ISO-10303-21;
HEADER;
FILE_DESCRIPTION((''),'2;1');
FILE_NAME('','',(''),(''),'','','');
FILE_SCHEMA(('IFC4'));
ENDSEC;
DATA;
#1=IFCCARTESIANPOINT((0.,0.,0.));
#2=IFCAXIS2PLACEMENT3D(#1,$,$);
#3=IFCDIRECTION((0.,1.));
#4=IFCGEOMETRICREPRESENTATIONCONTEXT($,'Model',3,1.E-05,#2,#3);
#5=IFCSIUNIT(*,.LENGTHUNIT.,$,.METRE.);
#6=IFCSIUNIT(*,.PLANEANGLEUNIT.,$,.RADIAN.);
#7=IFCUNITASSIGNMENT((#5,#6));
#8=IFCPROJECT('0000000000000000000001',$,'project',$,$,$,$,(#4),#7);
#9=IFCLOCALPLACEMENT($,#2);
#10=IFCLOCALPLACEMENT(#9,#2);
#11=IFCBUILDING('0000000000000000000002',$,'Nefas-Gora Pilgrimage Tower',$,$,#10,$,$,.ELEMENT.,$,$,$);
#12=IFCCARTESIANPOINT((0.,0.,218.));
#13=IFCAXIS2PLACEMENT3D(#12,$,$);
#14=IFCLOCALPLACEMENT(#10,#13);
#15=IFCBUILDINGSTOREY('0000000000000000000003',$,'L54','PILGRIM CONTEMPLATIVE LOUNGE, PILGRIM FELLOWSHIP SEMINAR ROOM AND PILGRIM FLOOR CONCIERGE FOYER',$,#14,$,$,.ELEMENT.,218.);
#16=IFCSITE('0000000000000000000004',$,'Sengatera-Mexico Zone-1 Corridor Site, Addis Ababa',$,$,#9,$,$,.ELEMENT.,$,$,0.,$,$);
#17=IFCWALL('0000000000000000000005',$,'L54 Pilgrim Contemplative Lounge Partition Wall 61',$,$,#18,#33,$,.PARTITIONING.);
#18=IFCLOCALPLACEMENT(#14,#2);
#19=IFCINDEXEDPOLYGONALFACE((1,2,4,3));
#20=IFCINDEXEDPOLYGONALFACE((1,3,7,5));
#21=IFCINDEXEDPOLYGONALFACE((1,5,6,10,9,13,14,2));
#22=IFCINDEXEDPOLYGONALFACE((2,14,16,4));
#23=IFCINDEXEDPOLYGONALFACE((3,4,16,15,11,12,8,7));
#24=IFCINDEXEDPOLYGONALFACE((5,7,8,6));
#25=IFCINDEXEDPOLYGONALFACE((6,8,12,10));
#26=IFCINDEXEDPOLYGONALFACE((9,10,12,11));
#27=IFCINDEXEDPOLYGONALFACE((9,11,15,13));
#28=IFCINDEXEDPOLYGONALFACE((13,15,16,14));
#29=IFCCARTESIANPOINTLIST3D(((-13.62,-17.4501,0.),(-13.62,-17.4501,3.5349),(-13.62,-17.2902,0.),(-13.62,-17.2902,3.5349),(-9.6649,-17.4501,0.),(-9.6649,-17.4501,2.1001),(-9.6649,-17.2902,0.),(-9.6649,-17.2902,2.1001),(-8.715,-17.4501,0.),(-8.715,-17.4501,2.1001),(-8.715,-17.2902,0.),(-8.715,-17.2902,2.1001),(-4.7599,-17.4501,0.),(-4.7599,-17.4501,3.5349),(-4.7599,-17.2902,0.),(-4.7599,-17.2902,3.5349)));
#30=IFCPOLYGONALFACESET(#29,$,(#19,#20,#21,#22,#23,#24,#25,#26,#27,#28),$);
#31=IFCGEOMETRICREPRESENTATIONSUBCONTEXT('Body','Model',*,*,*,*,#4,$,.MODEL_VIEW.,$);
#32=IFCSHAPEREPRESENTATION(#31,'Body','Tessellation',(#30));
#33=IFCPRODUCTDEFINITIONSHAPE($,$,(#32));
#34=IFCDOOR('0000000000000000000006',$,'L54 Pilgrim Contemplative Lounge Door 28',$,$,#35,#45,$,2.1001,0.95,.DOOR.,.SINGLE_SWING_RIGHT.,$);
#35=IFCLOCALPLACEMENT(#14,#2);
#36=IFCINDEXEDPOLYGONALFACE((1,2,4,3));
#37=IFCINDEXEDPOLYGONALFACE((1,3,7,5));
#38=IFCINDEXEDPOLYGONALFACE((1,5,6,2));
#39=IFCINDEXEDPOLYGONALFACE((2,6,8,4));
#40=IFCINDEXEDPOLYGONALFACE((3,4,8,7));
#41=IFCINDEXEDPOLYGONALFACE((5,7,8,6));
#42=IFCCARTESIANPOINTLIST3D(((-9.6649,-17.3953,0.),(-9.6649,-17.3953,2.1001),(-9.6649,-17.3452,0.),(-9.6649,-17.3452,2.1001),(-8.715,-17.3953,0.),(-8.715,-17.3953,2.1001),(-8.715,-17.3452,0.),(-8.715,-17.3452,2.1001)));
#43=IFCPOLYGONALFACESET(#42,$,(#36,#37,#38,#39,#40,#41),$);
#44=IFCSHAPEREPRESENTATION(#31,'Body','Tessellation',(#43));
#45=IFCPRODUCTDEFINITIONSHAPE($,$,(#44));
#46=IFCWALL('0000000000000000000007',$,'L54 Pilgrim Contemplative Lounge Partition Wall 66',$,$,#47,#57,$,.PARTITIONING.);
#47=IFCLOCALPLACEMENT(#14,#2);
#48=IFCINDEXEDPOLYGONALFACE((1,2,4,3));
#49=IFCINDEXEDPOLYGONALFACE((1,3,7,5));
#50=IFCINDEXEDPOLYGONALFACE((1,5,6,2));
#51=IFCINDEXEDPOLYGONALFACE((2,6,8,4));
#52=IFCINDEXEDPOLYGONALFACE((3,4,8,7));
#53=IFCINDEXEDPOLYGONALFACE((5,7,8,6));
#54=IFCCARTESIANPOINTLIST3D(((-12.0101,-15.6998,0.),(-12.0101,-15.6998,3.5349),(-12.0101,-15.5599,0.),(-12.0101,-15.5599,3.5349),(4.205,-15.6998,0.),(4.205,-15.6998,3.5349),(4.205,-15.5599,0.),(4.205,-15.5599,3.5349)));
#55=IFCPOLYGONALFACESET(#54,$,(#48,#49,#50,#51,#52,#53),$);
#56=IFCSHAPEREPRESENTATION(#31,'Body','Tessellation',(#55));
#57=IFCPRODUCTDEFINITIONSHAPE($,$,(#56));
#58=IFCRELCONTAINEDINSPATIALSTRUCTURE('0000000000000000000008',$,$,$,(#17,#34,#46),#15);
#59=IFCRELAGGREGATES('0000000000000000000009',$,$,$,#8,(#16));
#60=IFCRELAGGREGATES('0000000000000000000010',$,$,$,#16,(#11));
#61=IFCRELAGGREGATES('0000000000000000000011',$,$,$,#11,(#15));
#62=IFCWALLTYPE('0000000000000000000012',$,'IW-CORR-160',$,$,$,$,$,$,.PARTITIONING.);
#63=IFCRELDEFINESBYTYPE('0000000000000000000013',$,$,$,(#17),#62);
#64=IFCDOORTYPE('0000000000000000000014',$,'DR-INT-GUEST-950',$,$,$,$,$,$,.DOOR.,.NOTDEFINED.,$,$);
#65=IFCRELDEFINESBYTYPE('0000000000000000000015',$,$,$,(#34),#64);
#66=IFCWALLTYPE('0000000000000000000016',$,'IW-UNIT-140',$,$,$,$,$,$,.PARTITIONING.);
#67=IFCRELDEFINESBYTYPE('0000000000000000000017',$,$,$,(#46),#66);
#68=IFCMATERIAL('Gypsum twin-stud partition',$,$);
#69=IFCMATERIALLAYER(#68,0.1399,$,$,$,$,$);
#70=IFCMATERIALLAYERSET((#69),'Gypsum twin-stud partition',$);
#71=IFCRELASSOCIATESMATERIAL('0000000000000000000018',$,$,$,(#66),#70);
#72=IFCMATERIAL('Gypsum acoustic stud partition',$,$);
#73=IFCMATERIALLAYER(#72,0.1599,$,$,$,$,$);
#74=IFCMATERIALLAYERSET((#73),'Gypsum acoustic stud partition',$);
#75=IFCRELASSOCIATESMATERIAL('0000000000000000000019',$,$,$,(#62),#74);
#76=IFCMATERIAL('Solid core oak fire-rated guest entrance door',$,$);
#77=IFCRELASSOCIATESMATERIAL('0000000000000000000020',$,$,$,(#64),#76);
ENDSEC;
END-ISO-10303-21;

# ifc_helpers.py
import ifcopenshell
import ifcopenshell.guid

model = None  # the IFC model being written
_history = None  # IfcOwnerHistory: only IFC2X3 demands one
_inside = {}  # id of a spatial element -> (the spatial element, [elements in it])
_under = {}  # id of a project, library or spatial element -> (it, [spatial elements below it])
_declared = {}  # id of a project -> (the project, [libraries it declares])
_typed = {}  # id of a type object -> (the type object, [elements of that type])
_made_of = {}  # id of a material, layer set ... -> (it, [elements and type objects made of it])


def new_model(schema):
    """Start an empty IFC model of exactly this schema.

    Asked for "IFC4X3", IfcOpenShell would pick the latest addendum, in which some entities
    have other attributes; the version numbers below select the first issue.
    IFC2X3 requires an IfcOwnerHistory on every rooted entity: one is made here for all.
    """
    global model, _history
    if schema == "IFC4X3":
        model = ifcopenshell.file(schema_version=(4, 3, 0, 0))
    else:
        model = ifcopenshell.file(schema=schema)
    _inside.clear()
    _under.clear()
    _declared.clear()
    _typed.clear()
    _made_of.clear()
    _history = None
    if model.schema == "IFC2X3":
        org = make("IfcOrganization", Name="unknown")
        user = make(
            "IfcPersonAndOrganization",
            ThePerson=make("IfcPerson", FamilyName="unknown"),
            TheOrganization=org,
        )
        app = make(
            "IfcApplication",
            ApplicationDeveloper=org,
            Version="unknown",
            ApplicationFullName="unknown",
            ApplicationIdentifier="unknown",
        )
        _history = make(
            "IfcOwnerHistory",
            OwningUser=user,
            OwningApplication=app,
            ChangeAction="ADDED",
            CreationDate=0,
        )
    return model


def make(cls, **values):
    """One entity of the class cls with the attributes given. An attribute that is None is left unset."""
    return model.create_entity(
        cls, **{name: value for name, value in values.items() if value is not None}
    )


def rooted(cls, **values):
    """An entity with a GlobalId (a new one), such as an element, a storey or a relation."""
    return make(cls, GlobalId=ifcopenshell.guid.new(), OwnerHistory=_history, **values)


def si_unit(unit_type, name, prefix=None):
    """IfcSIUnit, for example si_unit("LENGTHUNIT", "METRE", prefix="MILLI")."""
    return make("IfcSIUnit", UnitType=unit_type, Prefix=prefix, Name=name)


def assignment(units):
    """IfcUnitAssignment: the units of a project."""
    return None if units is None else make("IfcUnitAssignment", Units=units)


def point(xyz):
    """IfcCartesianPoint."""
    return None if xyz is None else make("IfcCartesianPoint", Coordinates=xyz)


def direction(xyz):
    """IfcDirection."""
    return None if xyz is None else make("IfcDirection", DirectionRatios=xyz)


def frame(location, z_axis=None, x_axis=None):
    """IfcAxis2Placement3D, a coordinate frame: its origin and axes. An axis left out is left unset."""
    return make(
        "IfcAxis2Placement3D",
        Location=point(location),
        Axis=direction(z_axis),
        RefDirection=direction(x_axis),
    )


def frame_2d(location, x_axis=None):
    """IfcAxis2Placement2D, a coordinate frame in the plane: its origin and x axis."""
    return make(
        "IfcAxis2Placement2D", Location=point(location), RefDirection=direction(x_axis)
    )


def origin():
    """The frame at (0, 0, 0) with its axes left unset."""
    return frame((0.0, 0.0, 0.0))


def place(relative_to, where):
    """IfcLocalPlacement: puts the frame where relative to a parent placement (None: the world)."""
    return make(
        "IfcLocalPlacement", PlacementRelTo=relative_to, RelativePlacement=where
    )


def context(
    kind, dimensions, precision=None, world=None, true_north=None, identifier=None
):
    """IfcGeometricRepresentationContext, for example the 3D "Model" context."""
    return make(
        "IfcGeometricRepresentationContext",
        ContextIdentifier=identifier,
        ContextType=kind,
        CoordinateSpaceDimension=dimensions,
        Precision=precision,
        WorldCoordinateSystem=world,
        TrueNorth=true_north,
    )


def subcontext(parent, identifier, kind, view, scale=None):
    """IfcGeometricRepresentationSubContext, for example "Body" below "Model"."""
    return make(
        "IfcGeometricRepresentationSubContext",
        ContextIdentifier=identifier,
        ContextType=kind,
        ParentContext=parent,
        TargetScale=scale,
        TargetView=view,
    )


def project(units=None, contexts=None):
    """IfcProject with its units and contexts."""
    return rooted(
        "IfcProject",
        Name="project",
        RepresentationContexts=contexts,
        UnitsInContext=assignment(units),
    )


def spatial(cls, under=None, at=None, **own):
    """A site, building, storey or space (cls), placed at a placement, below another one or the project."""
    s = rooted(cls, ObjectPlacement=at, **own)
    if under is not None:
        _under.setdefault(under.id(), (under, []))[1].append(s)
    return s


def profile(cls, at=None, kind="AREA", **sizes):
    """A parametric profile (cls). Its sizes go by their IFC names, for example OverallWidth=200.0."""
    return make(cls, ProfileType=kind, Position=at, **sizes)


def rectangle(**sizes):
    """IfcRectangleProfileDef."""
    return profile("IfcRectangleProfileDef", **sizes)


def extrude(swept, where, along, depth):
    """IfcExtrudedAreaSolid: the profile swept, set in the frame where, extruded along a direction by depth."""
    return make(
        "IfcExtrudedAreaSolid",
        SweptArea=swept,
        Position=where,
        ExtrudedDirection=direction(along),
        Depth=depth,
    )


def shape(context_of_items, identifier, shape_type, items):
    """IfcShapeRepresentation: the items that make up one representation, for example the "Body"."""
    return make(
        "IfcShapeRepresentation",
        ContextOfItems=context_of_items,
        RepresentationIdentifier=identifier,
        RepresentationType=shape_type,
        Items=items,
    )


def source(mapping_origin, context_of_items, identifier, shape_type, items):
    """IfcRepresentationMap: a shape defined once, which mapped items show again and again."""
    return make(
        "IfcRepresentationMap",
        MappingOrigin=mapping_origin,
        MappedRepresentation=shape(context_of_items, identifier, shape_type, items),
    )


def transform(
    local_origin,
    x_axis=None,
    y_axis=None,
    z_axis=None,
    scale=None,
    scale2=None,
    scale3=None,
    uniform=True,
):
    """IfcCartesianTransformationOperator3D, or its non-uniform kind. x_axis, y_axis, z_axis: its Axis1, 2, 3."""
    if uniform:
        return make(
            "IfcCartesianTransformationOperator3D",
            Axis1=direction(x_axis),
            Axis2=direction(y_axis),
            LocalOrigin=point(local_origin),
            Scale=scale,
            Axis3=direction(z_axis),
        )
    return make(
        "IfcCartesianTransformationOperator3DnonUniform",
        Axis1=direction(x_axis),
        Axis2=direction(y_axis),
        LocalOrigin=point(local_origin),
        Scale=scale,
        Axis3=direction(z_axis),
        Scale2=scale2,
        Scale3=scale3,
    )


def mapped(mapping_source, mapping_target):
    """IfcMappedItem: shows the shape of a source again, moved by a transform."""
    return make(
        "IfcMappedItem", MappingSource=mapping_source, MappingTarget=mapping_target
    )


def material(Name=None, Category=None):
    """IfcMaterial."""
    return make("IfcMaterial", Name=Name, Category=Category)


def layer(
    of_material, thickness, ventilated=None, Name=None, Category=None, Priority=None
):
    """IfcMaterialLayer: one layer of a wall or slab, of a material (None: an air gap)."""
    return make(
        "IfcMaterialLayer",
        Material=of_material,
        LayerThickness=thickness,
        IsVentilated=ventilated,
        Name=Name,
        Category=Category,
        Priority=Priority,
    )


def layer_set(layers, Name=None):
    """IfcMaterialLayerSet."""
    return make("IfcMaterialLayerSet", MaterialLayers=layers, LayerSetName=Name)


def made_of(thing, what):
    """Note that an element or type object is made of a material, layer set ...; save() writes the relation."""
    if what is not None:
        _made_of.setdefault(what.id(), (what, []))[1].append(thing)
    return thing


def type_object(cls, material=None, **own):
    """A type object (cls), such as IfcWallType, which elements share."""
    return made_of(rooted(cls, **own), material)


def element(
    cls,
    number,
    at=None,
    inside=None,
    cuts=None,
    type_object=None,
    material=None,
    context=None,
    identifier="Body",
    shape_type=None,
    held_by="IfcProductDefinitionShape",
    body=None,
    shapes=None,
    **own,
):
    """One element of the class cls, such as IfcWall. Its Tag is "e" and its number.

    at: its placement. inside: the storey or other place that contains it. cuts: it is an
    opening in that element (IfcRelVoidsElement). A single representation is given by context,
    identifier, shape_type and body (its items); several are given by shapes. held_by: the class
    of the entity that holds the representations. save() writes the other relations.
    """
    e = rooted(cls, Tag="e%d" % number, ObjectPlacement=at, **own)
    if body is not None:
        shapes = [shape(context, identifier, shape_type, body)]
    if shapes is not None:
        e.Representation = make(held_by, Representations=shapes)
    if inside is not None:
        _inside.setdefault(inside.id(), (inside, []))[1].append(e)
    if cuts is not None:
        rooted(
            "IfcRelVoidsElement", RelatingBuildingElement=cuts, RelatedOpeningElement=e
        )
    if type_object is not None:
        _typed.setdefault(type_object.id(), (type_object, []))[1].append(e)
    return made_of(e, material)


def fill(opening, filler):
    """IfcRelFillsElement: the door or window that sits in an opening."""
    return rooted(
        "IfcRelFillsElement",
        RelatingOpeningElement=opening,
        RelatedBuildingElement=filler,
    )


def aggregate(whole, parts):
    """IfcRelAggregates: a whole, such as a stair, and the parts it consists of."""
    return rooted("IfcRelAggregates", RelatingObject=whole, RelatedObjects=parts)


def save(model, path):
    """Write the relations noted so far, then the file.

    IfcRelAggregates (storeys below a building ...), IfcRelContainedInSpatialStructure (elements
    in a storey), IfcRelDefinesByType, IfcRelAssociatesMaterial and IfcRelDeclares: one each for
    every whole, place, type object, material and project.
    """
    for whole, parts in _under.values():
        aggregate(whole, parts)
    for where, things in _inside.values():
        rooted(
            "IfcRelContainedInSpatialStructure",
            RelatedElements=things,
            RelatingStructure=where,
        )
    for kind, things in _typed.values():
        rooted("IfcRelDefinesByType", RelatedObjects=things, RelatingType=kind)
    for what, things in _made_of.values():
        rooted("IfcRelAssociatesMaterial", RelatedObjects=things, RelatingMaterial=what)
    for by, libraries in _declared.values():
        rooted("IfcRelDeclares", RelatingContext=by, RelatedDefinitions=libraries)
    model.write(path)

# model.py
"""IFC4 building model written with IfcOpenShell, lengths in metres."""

from ifc_helpers import new_model, si_unit, direction, frame, frame_2d, origin, place, context, subcontext, project, spatial, rectangle, extrude, source, transform, mapped, material, layer, layer_set, type_object, element, fill, save


model = new_model("IFC4")

# Units and contexts
model_context = context("Model", 3, precision=1e-05, world=origin(), true_north=direction((0.0, 1.0)))
body_context = subcontext(model_context, "Body", "Model", "MODEL_VIEW")
ifc_project = project(units=[si_unit("LENGTHUNIT", "METRE"), si_unit("PLANEANGLEUNIT", "RADIAN")], contexts=[model_context])

# Site, building, storey
site_placement = place(None, origin())
site = spatial("IfcSite", under=ifc_project, at=site_placement, Name="Sengatera-Mexico Zone-1 Corridor Site, Addis Ababa", CompositionType="ELEMENT", RefElevation=0.0)
building_placement = place(site_placement, origin())
building = spatial("IfcBuilding", under=site, at=building_placement, Name="Nefas-Gora Pilgrimage Tower", CompositionType="ELEMENT")
storey_placement = place(building_placement, frame((0.0, 0.0, 218.0)))
storey = spatial("IfcBuildingStorey", under=building, at=storey_placement, Name="L54", Description="PILGRIM CONTEMPLATIVE LOUNGE, PILGRIM FELLOWSHIP SEMINAR ROOM AND PILGRIM FLOOR CONCIERGE FOYER", CompositionType="ELEMENT", Elevation=218.0)

# Shared definitions
ifc_material_1 = material(Name="Gypsum twin-stud partition")
ifc_layer_1 = layer(ifc_material_1, 0.1399)
ifc_layer_set_1 = layer_set([ifc_layer_1], Name="Gypsum twin-stud partition")
wall_type_1 = type_object("IfcWallType", Name="IW-UNIT-140", PredefinedType="PARTITIONING", material=ifc_layer_set_1)

# Wall, opening, door
ifc_material_2 = material(Name="Gypsum acoustic stud partition")
ifc_layer_2 = layer(ifc_material_2, 0.1599)
ifc_layer_set_2 = layer_set([ifc_layer_2], Name="Gypsum acoustic stud partition")
wall_type_2 = type_object("IfcWallType", Name="IW-CORR-160", PredefinedType="PARTITIONING", material=ifc_layer_set_2)
ifc_material_3 = material(Name="Solid core oak fire-rated guest entrance door")
door_type = type_object("IfcDoorType", Name="DR-INT-GUEST-950", OperationType="NOTDEFINED", PredefinedType="DOOR", material=ifc_material_3)
shared_shape_1 = source(origin(), body_context, "Body", "SweptSolid", [
    extrude(rectangle(XDim=0.95, YDim=2.1001, at=frame_2d((0.4751, 1.05))), frame((0.0, 0.0249, 0.0), z_axis=(0.0, -1.0, 0.0), x_axis=(1.0, 0.0, 0.0)), (0.0, 0.0, 1.0), 0.05),
])
shared_shape_2 = source(origin(), body_context, "Body", "SweptSolid", [
    extrude(rectangle(XDim=8.8601, YDim=0.1599, at=frame_2d((4.4302, 0.0))), origin(), (0.0, 0.0, 1.0), 3.5349),
])
wall_1_placement = place(storey_placement, frame((-13.6201, -17.3701, 0.0), z_axis=(0.0, 0.0, 1.0), x_axis=(1.0, 0.0, 0.0)))
wall_1 = element("IfcWall", 1, at=wall_1_placement, inside=storey, type_object=wall_type_2, Name="L54 Pilgrim Contemplative Lounge Partition Wall 61", PredefinedType="PARTITIONING", context=body_context, shape_type="MappedRepresentation", body=[
    mapped(shared_shape_2, transform((0.0, 0.0, 0.0), x_axis=(1.0, 0.0, 0.0), y_axis=(0.0, 1.0, 0.0), z_axis=(0.0, 0.0, 1.0), scale=1.0)),
])
opening_1_placement = place(wall_1_placement, frame((3.9551, 0.0, 0.0)))
opening_1 = element("IfcOpeningElement", 2, at=opening_1_placement, cuts=wall_1, PredefinedType="OPENING", context=body_context, shape_type="SweptSolid", body=[
    extrude(rectangle(XDim=0.95, YDim=2.1001, at=frame_2d((0.4751, 1.05))), frame((0.0, 0.0898, 0.0), z_axis=(0.0, -1.0, 0.0), x_axis=(1.0, 0.0, 0.0)), (0.0, 0.0, 1.0), 0.1799),
])
door_1_placement = place(opening_1_placement, origin())
door_1 = element("IfcDoor", 3, at=door_1_placement, inside=storey, type_object=door_type, Name="L54 Pilgrim Contemplative Lounge Door 28", OperationType="SINGLE_SWING_RIGHT", OverallHeight=2.1001, OverallWidth=0.95, PredefinedType="DOOR", context=body_context, shape_type="MappedRepresentation", body=[
    mapped(shared_shape_1, transform((0.0, 0.0, 0.0), x_axis=(1.0, 0.0, 0.0), y_axis=(0.0, 1.0, 0.0), z_axis=(0.0, 0.0, 1.0), scale=1.0)),
])
fill(opening_1, door_1)

# Wall
shared_shape_3 = source(origin(), body_context, "Body", "SweptSolid", [
    extrude(rectangle(XDim=16.2151, YDim=0.1399, at=frame_2d((8.1074, 0.0))), origin(), (0.0, 0.0, 1.0), 3.5349),
])
wall_2_placement = place(storey_placement, frame((-12.01, -15.6299, 0.0), z_axis=(0.0, 0.0, 1.0), x_axis=(1.0, 0.0, 0.0)))
element("IfcWall", 4, at=wall_2_placement, inside=storey, type_object=wall_type_1, Name="L54 Pilgrim Contemplative Lounge Partition Wall 66", PredefinedType="PARTITIONING", context=body_context, shape_type="MappedRepresentation", body=[
    mapped(shared_shape_3, transform((0.0, 0.0, 0.0), x_axis=(1.0, 0.0, 0.0), y_axis=(0.0, 1.0, 0.0), z_axis=(0.0, 0.0, 1.0), scale=1.0)),
])

save(model, "model.ifc")
